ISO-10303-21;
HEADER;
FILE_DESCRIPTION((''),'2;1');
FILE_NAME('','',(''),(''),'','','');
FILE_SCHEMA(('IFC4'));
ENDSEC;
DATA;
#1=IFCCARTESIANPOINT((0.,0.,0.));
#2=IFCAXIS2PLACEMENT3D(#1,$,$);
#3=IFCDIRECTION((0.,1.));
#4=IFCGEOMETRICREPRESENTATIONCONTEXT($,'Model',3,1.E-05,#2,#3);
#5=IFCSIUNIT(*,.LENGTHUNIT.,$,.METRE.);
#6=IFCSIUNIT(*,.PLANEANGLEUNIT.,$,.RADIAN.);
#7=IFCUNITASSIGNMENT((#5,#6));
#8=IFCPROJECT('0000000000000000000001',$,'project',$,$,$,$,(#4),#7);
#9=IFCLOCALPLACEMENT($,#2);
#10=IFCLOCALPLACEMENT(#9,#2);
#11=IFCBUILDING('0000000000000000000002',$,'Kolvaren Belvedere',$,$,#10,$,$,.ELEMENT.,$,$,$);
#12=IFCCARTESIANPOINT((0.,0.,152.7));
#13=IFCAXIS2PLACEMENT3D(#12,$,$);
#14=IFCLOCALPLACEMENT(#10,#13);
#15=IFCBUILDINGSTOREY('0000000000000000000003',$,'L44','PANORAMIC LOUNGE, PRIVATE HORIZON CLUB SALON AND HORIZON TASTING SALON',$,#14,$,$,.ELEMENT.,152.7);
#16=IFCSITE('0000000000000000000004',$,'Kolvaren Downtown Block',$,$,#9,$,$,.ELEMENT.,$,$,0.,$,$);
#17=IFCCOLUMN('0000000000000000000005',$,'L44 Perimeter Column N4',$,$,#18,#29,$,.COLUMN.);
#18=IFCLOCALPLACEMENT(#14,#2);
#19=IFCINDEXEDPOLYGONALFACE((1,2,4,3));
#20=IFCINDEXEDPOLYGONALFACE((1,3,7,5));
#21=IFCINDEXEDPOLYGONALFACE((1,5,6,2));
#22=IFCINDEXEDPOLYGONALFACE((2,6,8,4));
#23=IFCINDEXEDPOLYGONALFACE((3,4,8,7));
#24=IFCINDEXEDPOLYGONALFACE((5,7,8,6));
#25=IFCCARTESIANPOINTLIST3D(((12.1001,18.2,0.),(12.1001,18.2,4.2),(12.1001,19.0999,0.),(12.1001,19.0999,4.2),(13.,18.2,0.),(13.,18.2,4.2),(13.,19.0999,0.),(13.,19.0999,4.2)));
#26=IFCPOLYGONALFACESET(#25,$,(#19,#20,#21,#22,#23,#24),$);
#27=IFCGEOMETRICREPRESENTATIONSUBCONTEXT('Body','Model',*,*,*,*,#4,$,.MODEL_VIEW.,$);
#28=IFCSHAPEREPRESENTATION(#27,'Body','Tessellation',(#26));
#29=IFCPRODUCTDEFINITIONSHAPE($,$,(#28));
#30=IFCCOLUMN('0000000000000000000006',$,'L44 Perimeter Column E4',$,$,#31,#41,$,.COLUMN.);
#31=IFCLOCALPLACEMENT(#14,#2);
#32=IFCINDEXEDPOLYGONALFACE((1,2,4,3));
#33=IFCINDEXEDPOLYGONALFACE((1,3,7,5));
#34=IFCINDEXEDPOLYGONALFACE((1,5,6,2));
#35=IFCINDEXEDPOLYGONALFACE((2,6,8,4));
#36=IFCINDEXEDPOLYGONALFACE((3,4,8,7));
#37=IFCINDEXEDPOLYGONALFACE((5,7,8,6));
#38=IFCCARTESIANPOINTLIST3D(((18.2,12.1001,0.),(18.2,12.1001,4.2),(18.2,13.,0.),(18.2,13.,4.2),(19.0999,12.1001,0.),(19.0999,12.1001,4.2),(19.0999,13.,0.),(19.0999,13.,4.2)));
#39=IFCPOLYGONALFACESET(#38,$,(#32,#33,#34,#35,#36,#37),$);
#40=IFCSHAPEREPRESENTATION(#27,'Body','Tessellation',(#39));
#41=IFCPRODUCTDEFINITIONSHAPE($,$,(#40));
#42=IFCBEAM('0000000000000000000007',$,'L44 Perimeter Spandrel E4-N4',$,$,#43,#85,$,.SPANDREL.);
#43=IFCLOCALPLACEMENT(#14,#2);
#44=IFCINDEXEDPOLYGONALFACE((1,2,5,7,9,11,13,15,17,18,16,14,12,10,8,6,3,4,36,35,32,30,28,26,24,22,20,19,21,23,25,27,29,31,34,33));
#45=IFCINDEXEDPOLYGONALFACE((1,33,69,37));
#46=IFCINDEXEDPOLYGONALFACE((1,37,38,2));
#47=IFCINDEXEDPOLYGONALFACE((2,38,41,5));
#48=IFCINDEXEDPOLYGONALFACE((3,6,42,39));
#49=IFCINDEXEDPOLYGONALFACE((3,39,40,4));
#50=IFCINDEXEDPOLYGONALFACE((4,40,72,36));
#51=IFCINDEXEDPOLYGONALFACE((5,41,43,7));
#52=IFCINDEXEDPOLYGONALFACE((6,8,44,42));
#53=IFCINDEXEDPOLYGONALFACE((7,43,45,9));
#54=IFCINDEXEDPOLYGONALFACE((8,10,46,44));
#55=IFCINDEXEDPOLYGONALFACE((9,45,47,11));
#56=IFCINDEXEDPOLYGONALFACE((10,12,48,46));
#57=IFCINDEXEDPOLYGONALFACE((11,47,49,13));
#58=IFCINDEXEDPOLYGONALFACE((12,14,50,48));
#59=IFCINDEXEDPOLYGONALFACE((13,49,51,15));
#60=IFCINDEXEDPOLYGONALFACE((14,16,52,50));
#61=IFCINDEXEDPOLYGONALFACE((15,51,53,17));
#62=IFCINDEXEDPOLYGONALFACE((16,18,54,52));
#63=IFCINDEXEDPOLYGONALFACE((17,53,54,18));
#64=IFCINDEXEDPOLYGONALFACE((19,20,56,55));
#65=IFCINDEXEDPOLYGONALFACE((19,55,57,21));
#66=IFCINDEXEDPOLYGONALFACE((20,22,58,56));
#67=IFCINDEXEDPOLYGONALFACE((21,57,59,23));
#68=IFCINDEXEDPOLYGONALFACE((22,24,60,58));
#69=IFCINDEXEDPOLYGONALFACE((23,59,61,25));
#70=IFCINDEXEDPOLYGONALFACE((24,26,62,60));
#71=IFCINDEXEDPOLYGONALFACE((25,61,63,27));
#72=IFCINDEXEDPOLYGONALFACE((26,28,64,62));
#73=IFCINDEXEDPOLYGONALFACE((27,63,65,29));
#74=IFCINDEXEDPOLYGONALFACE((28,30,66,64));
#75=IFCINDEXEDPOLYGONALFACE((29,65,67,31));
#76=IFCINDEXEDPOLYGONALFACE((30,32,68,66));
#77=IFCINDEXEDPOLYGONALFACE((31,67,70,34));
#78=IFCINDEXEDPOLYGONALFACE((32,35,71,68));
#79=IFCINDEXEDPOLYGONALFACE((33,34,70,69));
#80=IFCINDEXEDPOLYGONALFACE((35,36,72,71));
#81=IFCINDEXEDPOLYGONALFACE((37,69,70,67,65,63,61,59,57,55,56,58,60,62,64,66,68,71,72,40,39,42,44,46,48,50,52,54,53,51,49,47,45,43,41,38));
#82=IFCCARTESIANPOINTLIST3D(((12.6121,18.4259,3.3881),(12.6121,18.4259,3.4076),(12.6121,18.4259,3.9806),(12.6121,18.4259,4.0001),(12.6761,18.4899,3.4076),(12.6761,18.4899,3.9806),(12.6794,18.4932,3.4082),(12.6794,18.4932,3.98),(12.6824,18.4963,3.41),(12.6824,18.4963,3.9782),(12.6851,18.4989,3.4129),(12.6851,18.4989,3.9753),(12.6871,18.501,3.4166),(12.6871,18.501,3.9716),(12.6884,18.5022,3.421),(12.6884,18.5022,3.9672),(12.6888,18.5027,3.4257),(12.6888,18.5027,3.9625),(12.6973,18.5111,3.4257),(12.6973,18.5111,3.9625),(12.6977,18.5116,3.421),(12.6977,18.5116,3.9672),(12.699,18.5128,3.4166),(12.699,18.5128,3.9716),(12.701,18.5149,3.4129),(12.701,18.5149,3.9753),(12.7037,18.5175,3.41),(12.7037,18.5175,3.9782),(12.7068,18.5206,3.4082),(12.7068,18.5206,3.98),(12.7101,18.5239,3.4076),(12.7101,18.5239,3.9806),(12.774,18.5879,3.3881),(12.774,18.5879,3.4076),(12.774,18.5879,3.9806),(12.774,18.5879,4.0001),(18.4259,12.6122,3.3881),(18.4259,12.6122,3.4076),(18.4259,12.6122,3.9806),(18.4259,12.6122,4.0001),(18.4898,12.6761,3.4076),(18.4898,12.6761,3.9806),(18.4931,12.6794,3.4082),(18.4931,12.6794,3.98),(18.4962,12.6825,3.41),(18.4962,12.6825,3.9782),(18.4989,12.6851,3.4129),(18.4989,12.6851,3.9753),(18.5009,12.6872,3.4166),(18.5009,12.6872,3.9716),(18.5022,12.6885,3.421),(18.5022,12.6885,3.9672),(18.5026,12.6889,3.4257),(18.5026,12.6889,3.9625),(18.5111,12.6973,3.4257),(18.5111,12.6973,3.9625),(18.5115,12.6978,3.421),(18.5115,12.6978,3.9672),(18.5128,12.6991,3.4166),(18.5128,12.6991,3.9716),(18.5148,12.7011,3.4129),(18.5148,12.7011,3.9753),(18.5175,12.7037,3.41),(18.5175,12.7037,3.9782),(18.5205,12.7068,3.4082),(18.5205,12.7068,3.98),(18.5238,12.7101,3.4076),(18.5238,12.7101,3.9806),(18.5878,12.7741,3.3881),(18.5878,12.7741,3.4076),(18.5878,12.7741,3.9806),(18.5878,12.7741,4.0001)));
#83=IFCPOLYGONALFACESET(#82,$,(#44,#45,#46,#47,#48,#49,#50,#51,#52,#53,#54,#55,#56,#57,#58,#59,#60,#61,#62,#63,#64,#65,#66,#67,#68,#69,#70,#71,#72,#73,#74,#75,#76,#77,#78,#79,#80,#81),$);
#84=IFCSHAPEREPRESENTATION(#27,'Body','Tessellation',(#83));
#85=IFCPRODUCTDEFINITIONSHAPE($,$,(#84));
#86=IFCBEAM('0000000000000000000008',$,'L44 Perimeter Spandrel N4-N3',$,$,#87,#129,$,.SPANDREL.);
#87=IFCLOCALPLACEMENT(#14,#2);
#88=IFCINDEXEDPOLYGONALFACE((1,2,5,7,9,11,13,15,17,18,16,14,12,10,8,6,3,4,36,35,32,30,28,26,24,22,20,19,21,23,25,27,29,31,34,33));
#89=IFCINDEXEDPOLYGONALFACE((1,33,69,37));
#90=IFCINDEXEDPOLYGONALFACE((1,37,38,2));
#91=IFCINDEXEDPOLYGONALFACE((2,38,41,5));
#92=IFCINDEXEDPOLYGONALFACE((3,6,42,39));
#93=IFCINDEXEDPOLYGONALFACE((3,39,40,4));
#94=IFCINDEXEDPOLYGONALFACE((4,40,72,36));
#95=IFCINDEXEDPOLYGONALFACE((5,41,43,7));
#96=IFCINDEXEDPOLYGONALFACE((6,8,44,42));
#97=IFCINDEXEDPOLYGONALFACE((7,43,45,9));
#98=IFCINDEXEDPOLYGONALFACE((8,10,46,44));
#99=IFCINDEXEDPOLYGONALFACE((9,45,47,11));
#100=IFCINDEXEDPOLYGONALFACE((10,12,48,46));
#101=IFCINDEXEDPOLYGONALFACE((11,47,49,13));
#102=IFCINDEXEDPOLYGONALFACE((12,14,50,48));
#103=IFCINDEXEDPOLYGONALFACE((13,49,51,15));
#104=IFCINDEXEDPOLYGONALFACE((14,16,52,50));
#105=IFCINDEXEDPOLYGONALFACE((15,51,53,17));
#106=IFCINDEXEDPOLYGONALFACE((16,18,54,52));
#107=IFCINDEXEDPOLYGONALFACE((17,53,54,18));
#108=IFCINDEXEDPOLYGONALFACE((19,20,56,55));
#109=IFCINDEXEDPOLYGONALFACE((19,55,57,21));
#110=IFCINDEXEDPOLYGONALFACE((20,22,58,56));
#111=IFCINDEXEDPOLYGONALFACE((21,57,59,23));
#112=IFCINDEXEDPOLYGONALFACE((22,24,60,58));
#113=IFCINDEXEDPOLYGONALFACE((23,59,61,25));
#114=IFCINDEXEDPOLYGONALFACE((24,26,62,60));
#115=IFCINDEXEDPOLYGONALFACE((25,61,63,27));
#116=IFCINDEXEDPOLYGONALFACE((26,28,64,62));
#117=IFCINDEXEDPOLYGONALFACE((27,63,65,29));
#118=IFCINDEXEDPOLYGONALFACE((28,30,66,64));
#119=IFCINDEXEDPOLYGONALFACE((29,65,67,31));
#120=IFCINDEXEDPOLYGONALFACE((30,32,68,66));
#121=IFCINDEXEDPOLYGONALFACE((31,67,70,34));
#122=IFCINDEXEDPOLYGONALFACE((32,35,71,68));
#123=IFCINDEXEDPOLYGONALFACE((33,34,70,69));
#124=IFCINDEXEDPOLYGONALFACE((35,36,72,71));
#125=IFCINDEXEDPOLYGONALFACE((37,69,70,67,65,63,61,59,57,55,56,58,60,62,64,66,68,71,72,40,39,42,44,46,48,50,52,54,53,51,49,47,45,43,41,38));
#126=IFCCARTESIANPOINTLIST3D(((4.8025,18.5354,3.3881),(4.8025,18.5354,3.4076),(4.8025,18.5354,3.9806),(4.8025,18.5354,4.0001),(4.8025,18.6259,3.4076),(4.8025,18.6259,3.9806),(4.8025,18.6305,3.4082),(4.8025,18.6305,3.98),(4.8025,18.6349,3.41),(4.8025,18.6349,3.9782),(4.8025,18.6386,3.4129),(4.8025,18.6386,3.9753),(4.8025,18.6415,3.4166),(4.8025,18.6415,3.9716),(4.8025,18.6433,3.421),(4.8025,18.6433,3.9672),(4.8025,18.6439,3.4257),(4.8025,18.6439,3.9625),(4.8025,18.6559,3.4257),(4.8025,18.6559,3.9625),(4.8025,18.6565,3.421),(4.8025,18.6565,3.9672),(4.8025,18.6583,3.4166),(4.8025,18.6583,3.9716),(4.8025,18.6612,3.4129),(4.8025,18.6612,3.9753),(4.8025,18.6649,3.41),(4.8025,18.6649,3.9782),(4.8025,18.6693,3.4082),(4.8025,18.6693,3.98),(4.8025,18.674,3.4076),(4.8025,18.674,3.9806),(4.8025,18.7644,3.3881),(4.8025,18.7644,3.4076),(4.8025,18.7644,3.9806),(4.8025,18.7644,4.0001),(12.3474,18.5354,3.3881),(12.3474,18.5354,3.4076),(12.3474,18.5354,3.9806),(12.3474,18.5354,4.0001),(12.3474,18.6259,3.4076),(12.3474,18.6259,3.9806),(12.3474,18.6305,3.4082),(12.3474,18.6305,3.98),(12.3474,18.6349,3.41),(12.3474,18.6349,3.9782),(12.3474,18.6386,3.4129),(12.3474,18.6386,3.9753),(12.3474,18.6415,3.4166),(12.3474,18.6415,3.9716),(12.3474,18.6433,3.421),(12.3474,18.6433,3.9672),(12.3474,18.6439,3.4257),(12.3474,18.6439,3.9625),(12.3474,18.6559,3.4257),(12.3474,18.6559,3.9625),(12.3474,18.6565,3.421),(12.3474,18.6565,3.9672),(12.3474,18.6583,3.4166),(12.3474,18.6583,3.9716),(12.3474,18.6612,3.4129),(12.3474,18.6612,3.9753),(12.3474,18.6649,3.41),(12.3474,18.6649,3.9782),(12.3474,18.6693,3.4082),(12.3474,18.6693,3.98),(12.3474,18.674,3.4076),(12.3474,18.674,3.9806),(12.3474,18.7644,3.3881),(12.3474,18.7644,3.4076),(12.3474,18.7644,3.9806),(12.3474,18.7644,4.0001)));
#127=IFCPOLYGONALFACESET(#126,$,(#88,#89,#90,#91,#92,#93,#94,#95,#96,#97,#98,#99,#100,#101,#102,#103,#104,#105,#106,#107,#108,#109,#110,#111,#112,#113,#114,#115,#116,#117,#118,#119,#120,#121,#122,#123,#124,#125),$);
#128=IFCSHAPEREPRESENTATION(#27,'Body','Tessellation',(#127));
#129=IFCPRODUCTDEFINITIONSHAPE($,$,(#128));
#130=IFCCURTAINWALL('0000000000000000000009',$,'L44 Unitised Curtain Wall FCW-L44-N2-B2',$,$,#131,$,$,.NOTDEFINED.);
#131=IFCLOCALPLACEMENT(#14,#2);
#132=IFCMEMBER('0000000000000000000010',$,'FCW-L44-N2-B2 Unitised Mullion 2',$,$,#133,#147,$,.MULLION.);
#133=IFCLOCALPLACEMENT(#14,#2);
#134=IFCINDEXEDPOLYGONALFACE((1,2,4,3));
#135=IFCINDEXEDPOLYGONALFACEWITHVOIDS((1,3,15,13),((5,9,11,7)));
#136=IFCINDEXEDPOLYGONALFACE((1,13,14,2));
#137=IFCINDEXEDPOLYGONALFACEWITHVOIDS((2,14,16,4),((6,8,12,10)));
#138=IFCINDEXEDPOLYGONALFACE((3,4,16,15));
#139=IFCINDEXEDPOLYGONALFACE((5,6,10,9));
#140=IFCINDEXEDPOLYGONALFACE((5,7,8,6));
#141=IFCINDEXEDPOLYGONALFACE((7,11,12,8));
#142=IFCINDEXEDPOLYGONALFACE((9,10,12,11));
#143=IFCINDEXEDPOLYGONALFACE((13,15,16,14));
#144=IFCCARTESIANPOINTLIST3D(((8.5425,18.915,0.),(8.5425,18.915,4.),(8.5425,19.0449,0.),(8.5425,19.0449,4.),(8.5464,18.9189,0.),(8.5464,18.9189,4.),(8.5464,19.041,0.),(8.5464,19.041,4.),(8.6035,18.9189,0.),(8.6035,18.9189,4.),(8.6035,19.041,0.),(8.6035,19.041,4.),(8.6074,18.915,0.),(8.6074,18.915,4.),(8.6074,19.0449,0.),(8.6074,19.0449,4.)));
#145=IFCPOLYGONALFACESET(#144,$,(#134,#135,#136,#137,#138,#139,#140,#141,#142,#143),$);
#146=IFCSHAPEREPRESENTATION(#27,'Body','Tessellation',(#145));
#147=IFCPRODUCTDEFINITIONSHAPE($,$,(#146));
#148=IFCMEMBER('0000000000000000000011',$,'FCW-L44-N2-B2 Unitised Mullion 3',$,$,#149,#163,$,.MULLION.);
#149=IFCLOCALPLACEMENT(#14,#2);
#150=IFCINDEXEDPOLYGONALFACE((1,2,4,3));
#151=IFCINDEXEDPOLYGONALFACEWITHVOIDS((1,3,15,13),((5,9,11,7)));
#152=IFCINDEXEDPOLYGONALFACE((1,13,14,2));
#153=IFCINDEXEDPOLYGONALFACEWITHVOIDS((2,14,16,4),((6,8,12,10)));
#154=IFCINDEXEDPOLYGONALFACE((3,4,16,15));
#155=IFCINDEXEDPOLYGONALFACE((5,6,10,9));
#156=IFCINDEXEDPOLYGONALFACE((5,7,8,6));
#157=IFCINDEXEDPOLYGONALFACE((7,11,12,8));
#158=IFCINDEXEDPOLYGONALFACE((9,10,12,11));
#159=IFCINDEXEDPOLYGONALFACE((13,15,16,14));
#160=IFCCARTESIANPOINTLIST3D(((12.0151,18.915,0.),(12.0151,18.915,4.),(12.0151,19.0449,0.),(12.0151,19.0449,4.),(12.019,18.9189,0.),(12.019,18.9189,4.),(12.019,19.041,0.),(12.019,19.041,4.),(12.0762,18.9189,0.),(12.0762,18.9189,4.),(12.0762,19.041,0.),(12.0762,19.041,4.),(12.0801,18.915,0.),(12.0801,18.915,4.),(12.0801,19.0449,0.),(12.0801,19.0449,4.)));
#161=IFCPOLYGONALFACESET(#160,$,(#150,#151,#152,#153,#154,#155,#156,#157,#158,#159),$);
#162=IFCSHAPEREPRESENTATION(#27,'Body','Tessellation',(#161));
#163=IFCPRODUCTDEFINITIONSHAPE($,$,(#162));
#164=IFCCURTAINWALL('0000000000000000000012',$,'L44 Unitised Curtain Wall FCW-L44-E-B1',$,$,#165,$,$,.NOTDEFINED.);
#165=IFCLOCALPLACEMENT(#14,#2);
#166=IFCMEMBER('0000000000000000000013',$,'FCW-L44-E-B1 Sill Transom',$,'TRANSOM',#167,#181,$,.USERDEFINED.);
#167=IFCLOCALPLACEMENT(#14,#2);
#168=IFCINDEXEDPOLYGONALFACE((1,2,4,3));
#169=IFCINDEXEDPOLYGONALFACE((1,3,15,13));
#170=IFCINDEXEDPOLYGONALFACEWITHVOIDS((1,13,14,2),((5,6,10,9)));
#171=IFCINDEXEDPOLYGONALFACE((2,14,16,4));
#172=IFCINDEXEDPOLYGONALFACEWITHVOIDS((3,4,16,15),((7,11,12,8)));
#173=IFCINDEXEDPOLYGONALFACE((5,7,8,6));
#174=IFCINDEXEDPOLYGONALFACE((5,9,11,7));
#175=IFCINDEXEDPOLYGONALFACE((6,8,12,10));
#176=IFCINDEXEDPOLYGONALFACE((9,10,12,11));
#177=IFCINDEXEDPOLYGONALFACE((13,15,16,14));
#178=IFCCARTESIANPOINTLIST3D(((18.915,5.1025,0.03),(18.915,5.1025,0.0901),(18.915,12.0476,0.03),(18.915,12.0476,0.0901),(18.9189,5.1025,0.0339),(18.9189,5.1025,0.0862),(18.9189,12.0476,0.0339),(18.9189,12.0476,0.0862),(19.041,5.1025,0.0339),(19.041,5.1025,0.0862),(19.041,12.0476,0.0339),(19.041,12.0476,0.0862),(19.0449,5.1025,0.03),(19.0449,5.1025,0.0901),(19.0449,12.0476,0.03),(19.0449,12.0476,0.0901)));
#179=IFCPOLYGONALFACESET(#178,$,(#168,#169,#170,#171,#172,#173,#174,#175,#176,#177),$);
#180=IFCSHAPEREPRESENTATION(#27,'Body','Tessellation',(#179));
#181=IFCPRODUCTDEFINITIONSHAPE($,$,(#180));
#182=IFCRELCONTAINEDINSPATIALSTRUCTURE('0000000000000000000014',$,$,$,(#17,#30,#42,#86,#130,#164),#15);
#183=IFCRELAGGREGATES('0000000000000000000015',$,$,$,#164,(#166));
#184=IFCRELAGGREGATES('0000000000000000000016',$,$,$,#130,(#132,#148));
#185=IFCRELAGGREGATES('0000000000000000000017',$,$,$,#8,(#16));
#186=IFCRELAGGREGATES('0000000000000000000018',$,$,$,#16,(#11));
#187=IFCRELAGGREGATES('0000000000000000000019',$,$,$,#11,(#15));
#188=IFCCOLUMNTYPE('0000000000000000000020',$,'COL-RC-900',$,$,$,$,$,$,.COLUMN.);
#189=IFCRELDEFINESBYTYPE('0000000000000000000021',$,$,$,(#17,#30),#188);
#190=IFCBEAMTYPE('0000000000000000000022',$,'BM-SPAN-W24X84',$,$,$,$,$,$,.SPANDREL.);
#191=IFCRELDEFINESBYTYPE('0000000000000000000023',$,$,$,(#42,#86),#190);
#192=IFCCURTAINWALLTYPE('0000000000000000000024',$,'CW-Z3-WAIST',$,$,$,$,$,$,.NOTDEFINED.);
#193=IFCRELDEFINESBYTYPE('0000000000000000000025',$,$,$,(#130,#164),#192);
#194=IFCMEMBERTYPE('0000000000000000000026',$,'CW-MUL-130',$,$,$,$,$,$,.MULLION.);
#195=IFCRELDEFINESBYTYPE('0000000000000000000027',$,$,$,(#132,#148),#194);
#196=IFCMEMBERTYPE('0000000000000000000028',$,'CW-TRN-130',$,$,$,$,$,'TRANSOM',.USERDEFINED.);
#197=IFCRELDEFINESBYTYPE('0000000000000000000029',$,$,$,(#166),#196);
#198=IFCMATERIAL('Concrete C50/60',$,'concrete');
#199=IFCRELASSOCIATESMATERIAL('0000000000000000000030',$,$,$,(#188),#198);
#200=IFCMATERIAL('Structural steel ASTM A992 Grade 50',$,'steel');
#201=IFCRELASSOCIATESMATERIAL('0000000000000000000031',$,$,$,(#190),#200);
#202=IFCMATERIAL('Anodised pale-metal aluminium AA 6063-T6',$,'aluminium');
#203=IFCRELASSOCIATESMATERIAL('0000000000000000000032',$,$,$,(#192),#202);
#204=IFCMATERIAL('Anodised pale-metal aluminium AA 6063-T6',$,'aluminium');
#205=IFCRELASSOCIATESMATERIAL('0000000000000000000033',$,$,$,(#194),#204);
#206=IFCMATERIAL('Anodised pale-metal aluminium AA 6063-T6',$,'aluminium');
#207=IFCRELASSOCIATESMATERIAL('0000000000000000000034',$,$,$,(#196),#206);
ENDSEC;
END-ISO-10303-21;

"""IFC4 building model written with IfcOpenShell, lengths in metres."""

from ifc_helpers import new_model, si_unit, direction, frame, origin, origin_2d, place, context, subcontext, project, spatial, rectangle, hollow_rectangle, i_section, extrude, material, material_profile, profile_set, type_object, element, aggregate, save


model = new_model("IFC4")

# Units and contexts
model_context = context("Model", 3, precision=1e-05, world=origin(), true_north=direction((0.0, 1.0)))
body_context = subcontext(model_context, "Body", "Model", "MODEL_VIEW")
ifc_project = project(units=[si_unit("LENGTHUNIT", "METRE"), si_unit("PLANEANGLEUNIT", "RADIAN")], contexts=[model_context])

# Site, building, storey
site_placement = place(None, origin())
site = spatial("IfcSite", under=ifc_project, at=site_placement, Name="Kolvaren Downtown Block", CompositionType="ELEMENT", RefElevation=0.0)
building_placement = place(site_placement, origin())
building = spatial("IfcBuilding", under=site, at=building_placement, Name="Kolvaren Belvedere", CompositionType="ELEMENT")
storey_placement = place(building_placement, frame((0.0, 0.0, 152.7)))
storey = spatial("IfcBuildingStorey", under=building, at=storey_placement, Name="L44", Description="PANORAMIC LOUNGE, PRIVATE HORIZON CLUB SALON AND HORIZON TASTING SALON", CompositionType="ELEMENT", Elevation=152.7)

# Columns
ifc_material_1 = material(Name="Concrete C50/60", Category="concrete")
ifc_material_profile_1 = material_profile(ifc_material_1, rectangle(XDim=0.8999, YDim=0.8999, at=origin_2d()), Name="RC 900X900")
ifc_profile_set_1 = profile_set([ifc_material_profile_1], Name="Concrete C50/60")
column_type = type_object("IfcColumnType", Name="COL-RC-900", PredefinedType="COLUMN", material=ifc_profile_set_1)
for number, where, z_axis, x_axis, name in (
    (1, (12.55, 18.6499, 0.0), (0.0, 0.0, 1.0), (1.0, 0.0, 0.0), "L44 Perimeter Column N4"),
    (2, (18.6499, 12.55, 0.0), (0.0, 0.0, 1.0), (1.0, 0.0, 0.0), "L44 Perimeter Column E4"),
):
    element("IfcColumn", number, at=place(storey_placement, frame(where, z_axis=z_axis, x_axis=x_axis)), inside=storey, type_object=column_type, Name=name, PredefinedType="COLUMN", context=body_context, shape_type="SweptSolid", body=[
        extrude(rectangle(XDim=0.8999, YDim=0.8999, at=origin_2d()), origin(), (0.0, 0.0, 1.0), 4.2),
    ])

# Beams
ifc_material_2 = material(Name="Structural steel ASTM A992 Grade 50", Category="steel")
ifc_material_profile_2 = material_profile(ifc_material_2, i_section(OverallWidth=0.229, OverallDepth=0.6121, WebThickness=0.012, FlangeThickness=0.0195, FilletRadius=0.0181, at=origin_2d()), Name="W24X84")
ifc_profile_set_2 = profile_set([ifc_material_profile_2], Name="Structural steel ASTM A992 Grade 50")
beam_type = type_object("IfcBeamType", Name="BM-SPAN-W24X84", PredefinedType="SPANDREL", material=ifc_profile_set_2)
beam_1_placement = place(storey_placement, frame((18.5068, 12.6931, 3.6941), z_axis=(-0.707107, 0.707107, 0.0), x_axis=(-0.707107, -0.707107, 0.0)))
element("IfcBeam", 3, at=beam_1_placement, inside=storey, type_object=beam_type, Name="L44 Perimeter Spandrel E4-N4", PredefinedType="SPANDREL", context=body_context, shape_type="SweptSolid", body=[
    extrude(i_section(OverallWidth=0.229, OverallDepth=0.6121, WebThickness=0.012, FlangeThickness=0.0195, FilletRadius=0.0181, at=origin_2d()), origin(), (0.0, 0.0, 1.0), 8.2219),
])
beam_2_placement = place(storey_placement, frame((12.3474, 18.6499, 3.6941), z_axis=(-1.0, 0.0, 0.0), x_axis=(0.0, -1.0, 0.0)))
element("IfcBeam", 4, at=beam_2_placement, inside=storey, type_object=beam_type, Name="L44 Perimeter Spandrel N4-N3", PredefinedType="SPANDREL", context=body_context, shape_type="SweptSolid", body=[
    extrude(i_section(OverallWidth=0.229, OverallDepth=0.6121, WebThickness=0.012, FlangeThickness=0.0195, FilletRadius=0.0181, at=origin_2d()), origin(), (0.0, 0.0, 1.0), 7.5449),
])

# Curtain walls, members
ifc_material_3 = material(Name="Anodised pale-metal aluminium AA 6063-T6", Category="aluminium")
curtain_wall_type = type_object("IfcCurtainWallType", Name="CW-Z3-WAIST", PredefinedType="NOTDEFINED", material=ifc_material_3)
curtain_wall_1_placement = place(storey_placement, origin())
curtain_wall_1 = element("IfcCurtainWall", 5, at=curtain_wall_1_placement, inside=storey, type_object=curtain_wall_type, Name="L44 Unitised Curtain Wall FCW-L44-N2-B2", PredefinedType="NOTDEFINED")
ifc_material_4 = material(Name="Anodised pale-metal aluminium AA 6063-T6", Category="aluminium")
ifc_material_profile_3 = material_profile(ifc_material_4, hollow_rectangle(XDim=0.0649, YDim=0.1299, WallThickness=0.0039, at=origin_2d()), Name="ALU-MUL-130X65")
ifc_profile_set_3 = profile_set([ifc_material_profile_3], Name="Anodised pale-metal aluminium AA 6063-T6")
member_type_1 = type_object("IfcMemberType", Name="CW-MUL-130", PredefinedType="MULLION", material=ifc_profile_set_3)
member_1_placement = place(storey_placement, frame((8.575, 18.98, 0.0), z_axis=(0.0, 0.0, 1.0), x_axis=(1.0, 0.0, 0.0)))
member_1 = element("IfcMember", 6, at=member_1_placement, type_object=member_type_1, Name="FCW-L44-N2-B2 Unitised Mullion 2", PredefinedType="MULLION", context=body_context, shape_type="SweptSolid", body=[
    extrude(hollow_rectangle(XDim=0.0649, YDim=0.1299, WallThickness=0.0039, at=origin_2d()), origin(), (0.0, 0.0, 1.0), 4.0),
])
member_2_placement = place(storey_placement, frame((12.0476, 18.98, 0.0), z_axis=(0.0, 0.0, 1.0), x_axis=(1.0, 0.0, 0.0)))
member_2 = element("IfcMember", 7, at=member_2_placement, type_object=member_type_1, Name="FCW-L44-N2-B2 Unitised Mullion 3", PredefinedType="MULLION", context=body_context, shape_type="SweptSolid", body=[
    extrude(hollow_rectangle(XDim=0.0649, YDim=0.1299, WallThickness=0.0039, at=origin_2d()), origin(), (0.0, 0.0, 1.0), 4.0),
])
curtain_wall_2_placement = place(storey_placement, origin())
curtain_wall_2 = element("IfcCurtainWall", 8, at=curtain_wall_2_placement, inside=storey, type_object=curtain_wall_type, Name="L44 Unitised Curtain Wall FCW-L44-E-B1", PredefinedType="NOTDEFINED")
ifc_material_5 = material(Name="Anodised pale-metal aluminium AA 6063-T6", Category="aluminium")
ifc_material_profile_4 = material_profile(ifc_material_5, hollow_rectangle(XDim=0.0601, YDim=0.1299, WallThickness=0.0039, at=origin_2d()), Name="ALU-TRN-130X60")
ifc_profile_set_4 = profile_set([ifc_material_profile_4], Name="Anodised pale-metal aluminium AA 6063-T6")
member_type_2 = type_object("IfcMemberType", Name="CW-TRN-130", ElementType="TRANSOM", PredefinedType="USERDEFINED", material=ifc_profile_set_4)
member_3_placement = place(storey_placement, frame((18.98, 12.0476, 0.0601), z_axis=(0.0, -1.0, 0.0), x_axis=(0.0, 0.0, 1.0)))
member_3 = element("IfcMember", 9, at=member_3_placement, type_object=member_type_2, Name="FCW-L44-E-B1 Sill Transom", ObjectType="TRANSOM", PredefinedType="USERDEFINED", context=body_context, shape_type="SweptSolid", body=[
    extrude(hollow_rectangle(XDim=0.0601, YDim=0.1299, WallThickness=0.0039, at=origin_2d()), origin(), (0.0, 0.0, 1.0), 6.9451),
])
aggregate(curtain_wall_2, [member_3])

aggregate(curtain_wall_1, [member_1, member_2])

save(model, "model.ifc")
